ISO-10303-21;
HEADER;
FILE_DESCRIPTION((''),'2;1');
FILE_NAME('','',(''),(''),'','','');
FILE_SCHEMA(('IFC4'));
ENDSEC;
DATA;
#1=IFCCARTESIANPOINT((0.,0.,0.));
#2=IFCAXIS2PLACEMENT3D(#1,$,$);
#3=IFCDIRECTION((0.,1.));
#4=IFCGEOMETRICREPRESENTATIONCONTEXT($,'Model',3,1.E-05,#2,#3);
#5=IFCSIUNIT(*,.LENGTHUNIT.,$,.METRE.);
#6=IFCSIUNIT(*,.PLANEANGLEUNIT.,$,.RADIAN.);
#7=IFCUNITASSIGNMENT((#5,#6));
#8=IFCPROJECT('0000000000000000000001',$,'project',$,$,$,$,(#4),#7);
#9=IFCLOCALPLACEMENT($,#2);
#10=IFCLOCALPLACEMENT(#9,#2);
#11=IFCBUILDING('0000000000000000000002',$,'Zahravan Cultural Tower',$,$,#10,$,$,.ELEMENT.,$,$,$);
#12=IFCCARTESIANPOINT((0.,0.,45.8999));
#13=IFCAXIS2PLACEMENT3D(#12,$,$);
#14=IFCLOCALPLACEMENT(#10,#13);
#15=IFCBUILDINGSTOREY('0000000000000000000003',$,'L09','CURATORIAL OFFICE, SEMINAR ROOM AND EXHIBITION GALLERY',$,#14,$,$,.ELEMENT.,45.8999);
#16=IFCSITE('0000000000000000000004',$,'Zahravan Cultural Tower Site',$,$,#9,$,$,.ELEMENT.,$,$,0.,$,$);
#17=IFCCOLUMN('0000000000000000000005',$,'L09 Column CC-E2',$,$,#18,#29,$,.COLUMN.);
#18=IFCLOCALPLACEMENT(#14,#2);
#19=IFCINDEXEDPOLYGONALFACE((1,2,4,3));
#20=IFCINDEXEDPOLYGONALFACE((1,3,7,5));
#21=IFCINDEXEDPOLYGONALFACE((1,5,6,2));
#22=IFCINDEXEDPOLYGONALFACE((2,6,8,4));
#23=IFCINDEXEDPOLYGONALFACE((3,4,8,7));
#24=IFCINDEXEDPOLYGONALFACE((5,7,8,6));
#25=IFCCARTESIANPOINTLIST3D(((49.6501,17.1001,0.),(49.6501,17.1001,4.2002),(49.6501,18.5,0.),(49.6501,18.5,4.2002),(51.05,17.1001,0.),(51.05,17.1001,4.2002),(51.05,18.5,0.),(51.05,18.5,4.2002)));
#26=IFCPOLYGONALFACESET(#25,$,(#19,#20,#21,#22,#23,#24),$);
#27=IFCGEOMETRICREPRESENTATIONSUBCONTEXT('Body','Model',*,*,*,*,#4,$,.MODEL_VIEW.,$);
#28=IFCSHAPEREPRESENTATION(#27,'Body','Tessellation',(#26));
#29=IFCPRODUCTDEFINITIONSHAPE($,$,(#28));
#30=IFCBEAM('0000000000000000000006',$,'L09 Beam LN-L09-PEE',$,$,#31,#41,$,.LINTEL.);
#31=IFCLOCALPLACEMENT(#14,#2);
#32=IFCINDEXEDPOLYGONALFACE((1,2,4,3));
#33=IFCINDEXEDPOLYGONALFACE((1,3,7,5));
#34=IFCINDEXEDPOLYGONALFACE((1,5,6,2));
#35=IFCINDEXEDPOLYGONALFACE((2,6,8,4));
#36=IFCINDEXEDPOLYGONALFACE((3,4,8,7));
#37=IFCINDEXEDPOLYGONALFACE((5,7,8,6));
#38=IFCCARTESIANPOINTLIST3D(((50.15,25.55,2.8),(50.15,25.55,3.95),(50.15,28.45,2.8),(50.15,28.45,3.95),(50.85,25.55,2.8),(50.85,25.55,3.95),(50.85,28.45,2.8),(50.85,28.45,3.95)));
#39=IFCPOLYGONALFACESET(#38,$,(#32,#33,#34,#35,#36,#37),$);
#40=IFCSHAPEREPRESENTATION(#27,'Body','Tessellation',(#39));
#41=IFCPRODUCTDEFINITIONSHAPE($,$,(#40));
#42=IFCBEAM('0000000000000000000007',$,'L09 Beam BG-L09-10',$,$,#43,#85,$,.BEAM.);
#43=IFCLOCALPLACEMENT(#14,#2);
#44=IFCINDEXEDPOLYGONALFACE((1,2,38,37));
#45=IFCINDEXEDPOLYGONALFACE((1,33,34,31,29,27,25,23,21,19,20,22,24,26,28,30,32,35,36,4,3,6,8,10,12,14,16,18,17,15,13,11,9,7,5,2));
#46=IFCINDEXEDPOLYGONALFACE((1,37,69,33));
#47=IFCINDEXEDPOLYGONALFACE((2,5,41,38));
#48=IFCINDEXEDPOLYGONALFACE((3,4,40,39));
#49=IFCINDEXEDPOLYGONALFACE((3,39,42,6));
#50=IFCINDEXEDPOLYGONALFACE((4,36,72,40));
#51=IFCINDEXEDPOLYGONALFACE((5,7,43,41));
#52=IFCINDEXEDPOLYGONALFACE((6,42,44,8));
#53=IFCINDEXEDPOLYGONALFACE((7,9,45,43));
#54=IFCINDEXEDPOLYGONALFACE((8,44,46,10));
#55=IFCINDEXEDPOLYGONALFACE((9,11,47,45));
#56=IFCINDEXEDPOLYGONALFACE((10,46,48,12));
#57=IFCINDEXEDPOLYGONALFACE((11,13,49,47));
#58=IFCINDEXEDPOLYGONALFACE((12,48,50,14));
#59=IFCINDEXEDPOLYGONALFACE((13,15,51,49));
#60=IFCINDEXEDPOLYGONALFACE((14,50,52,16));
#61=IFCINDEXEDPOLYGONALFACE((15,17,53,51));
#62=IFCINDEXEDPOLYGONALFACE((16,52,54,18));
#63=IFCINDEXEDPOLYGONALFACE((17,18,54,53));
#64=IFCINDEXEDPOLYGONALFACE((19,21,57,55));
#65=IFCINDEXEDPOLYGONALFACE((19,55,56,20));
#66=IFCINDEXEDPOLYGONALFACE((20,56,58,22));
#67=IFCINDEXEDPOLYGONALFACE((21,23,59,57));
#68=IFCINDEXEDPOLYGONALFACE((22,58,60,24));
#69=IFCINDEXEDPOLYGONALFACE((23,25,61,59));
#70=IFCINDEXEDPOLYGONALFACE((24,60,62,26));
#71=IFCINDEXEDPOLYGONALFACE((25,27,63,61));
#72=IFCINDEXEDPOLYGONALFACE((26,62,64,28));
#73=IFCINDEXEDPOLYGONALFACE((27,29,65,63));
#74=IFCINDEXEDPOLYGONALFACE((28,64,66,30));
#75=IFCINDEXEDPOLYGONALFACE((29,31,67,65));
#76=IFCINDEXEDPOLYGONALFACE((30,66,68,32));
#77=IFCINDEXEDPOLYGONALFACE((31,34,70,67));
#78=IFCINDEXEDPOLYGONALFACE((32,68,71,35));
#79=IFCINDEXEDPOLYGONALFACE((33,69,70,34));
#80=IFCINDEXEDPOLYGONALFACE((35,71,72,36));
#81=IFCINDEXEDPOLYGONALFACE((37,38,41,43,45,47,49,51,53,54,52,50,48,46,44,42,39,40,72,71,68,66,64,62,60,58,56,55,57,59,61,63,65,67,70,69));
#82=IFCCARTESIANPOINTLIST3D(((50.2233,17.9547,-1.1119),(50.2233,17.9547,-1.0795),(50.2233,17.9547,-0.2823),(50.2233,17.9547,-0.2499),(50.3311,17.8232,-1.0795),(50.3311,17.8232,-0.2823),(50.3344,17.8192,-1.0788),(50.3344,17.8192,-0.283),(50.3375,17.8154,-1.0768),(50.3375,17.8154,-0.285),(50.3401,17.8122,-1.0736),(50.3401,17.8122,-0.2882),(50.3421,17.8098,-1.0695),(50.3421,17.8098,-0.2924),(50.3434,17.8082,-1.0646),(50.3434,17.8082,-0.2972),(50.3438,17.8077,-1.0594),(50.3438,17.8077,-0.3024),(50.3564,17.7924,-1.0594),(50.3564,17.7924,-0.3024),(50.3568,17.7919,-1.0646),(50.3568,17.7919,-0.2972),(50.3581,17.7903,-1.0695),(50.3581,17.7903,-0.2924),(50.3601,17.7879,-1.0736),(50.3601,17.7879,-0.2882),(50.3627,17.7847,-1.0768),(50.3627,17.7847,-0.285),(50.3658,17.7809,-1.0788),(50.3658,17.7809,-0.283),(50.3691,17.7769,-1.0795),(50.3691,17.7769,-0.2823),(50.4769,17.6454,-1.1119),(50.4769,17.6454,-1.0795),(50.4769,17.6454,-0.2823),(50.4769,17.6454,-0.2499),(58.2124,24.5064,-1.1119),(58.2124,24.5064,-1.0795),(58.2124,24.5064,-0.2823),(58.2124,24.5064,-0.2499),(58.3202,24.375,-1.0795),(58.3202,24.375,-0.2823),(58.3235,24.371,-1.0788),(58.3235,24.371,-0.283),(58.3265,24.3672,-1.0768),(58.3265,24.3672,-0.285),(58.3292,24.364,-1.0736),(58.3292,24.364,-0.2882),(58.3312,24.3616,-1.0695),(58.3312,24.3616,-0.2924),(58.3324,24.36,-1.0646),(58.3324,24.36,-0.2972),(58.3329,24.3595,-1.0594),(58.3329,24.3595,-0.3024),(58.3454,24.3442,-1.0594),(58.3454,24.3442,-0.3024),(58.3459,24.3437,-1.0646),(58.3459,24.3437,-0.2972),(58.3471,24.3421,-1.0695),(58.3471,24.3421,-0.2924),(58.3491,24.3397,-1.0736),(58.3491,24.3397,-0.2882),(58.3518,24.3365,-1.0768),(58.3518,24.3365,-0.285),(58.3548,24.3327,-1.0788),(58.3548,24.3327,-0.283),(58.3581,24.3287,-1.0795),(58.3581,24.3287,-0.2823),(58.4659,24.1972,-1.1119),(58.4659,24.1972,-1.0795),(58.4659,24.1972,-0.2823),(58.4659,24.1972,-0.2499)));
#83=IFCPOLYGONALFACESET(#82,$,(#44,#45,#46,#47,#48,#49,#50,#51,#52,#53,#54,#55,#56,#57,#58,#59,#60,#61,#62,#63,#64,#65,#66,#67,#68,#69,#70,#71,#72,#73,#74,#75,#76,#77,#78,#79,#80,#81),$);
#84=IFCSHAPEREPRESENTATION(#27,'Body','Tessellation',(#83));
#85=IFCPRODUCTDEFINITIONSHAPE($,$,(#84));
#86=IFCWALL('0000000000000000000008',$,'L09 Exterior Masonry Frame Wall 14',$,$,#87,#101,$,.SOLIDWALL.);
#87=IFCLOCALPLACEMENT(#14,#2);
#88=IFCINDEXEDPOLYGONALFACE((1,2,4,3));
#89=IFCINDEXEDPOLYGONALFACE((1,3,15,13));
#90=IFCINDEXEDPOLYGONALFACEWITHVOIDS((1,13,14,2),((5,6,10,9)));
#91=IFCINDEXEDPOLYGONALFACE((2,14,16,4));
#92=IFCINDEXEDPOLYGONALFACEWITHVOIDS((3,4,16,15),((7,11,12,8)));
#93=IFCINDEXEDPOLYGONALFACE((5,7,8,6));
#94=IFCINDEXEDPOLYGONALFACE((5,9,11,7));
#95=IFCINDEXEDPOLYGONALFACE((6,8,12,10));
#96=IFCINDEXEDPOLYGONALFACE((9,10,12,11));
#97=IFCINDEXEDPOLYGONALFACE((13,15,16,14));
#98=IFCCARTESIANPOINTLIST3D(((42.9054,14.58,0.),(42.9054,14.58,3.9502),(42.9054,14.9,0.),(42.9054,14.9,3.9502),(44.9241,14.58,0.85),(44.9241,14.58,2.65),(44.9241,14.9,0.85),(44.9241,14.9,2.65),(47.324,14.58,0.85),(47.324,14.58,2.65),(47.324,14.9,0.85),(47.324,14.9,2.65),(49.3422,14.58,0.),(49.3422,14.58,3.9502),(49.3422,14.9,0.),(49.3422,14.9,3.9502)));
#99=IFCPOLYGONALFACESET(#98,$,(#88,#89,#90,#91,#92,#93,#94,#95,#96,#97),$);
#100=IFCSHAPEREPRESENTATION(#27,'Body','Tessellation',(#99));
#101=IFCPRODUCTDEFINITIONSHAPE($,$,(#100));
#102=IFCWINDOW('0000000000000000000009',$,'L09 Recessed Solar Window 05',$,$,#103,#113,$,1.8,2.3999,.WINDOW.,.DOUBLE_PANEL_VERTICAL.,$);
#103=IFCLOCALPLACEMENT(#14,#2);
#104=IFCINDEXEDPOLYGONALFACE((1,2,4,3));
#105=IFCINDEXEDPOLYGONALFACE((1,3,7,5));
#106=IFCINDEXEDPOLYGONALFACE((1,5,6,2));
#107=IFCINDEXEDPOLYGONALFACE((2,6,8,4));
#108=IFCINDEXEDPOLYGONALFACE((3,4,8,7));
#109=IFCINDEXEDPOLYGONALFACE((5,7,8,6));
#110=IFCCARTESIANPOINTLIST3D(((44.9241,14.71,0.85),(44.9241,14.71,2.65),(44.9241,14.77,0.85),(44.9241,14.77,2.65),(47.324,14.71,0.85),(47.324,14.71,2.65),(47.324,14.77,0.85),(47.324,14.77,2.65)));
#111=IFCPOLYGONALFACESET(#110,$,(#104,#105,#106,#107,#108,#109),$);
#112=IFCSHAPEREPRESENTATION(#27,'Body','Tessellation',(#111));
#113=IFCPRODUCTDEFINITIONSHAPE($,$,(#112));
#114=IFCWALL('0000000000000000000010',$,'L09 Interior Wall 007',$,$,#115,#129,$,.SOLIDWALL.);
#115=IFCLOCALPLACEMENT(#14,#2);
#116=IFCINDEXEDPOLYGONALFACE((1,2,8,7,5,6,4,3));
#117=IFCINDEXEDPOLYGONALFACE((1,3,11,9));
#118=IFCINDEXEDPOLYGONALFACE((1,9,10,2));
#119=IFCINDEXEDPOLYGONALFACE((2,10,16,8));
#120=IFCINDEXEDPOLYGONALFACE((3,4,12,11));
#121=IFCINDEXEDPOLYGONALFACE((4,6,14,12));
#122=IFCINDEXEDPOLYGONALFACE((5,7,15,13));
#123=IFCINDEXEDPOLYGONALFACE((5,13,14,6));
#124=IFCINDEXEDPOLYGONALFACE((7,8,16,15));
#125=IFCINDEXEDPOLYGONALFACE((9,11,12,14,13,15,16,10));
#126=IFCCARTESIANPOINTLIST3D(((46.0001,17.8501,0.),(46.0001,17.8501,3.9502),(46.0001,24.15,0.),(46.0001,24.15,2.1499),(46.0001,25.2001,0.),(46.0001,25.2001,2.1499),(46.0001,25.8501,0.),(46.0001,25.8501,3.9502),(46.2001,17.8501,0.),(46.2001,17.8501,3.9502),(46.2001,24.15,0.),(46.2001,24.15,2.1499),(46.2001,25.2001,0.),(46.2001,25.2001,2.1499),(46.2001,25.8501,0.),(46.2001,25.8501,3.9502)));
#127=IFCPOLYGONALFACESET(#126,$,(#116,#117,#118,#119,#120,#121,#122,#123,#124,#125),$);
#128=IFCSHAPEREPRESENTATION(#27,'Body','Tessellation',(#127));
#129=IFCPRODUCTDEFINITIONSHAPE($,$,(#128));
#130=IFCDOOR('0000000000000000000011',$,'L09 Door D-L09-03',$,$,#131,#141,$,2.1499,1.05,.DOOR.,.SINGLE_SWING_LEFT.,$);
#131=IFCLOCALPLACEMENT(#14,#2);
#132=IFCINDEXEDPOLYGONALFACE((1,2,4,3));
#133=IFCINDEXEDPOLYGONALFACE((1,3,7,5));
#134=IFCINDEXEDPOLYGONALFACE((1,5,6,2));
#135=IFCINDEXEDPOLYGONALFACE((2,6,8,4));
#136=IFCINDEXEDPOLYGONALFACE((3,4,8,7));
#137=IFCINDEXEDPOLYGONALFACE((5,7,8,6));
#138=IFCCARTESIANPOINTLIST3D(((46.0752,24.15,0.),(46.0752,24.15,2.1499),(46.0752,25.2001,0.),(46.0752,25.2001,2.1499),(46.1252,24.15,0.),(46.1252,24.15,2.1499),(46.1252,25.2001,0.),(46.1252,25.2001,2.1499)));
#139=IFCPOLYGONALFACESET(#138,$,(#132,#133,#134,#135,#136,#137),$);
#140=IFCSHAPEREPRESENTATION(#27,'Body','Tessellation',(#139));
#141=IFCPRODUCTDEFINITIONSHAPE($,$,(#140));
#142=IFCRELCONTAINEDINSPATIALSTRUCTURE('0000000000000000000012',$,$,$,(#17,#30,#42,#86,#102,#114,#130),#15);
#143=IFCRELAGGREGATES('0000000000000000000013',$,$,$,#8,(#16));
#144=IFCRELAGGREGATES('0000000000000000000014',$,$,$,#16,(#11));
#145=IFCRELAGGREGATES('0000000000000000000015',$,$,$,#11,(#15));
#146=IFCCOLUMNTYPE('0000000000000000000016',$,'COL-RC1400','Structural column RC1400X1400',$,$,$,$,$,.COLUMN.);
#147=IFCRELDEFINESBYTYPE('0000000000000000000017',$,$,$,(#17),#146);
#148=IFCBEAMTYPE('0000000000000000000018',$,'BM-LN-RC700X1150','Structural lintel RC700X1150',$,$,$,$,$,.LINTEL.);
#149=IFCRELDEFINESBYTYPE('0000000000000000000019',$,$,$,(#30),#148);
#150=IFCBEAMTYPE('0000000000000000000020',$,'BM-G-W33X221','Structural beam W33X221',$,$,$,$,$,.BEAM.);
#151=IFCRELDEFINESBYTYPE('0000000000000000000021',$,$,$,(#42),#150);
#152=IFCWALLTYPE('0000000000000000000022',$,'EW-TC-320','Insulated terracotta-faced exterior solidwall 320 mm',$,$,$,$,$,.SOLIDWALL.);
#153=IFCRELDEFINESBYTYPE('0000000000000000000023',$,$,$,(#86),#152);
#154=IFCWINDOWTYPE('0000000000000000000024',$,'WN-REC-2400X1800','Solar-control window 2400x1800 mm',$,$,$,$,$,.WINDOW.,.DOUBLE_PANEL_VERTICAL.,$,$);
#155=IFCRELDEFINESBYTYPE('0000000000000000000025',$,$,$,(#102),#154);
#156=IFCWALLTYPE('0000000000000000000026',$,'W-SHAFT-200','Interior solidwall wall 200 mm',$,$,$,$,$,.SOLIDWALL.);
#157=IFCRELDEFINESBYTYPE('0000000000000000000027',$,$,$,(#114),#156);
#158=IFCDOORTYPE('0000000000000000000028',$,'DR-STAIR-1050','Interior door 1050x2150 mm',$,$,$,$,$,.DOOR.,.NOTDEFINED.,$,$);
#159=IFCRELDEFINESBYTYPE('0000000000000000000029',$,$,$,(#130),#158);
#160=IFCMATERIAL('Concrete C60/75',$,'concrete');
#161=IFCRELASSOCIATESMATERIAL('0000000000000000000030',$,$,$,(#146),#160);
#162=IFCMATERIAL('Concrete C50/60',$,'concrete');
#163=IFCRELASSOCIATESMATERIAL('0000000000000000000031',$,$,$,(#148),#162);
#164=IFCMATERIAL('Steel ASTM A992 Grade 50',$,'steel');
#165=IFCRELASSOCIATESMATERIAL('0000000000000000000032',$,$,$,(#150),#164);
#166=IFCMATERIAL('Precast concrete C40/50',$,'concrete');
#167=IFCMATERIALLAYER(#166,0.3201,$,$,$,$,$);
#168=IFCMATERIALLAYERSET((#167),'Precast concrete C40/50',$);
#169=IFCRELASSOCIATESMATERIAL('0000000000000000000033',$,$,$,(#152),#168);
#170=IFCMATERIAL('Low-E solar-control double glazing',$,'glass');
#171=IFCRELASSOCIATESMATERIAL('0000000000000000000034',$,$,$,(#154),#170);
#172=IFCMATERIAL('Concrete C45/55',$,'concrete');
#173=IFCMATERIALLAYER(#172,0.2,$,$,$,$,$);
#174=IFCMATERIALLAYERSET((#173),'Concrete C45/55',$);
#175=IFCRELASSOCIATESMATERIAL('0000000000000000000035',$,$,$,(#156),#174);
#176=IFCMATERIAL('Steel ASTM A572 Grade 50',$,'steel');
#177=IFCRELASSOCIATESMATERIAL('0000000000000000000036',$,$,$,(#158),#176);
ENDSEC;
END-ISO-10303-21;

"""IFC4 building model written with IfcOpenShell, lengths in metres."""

from ifc_helpers import new_model, si_unit, direction, frame, frame_2d, origin, origin_2d, place, context, subcontext, project, spatial, rectangle, i_section, extrude, source, transform, mapped, material, layer, layer_set, material_profile, profile_set, type_object, element, fill, save


model = new_model("IFC4")

# Units and contexts
model_context = context("Model", 3, precision=1e-05, world=origin(), true_north=direction((0.0, 1.0)))
body_context = subcontext(model_context, "Body", "Model", "MODEL_VIEW")
ifc_project = project(units=[si_unit("LENGTHUNIT", "METRE"), si_unit("PLANEANGLEUNIT", "RADIAN")], contexts=[model_context])

# Site, building, storey
site_placement = place(None, origin())
site = spatial("IfcSite", under=ifc_project, at=site_placement, Name="Zahravan Cultural Tower Site", CompositionType="ELEMENT", RefElevation=0.0)
building_placement = place(site_placement, origin())
building = spatial("IfcBuilding", under=site, at=building_placement, Name="Zahravan Cultural Tower", CompositionType="ELEMENT")
storey_placement = place(building_placement, frame((0.0, 0.0, 45.8999)))
storey = spatial("IfcBuildingStorey", under=building, at=storey_placement, Name="L09", Description="CURATORIAL OFFICE, SEMINAR ROOM AND EXHIBITION GALLERY", CompositionType="ELEMENT", Elevation=45.8999)

# Column
ifc_material_1 = material(Name="Concrete C60/75", Category="concrete")
ifc_material_profile_1 = material_profile(ifc_material_1, rectangle(XDim=1.3999, YDim=1.3999, at=origin_2d()), Name="RC1400X1400")
ifc_profile_set_1 = profile_set([ifc_material_profile_1], Name="Concrete C60/75")
column_type = type_object("IfcColumnType", Name="COL-RC1400", Description="Structural column RC1400X1400", PredefinedType="COLUMN", material=ifc_profile_set_1)
shared_shape_1 = source(origin(), body_context, "Body", "SweptSolid", [
    extrude(rectangle(XDim=1.3999, YDim=1.3999, at=origin_2d()), origin(), (0.0, 0.0, 1.0), 4.2002),
])
column_placement = place(storey_placement, frame((50.3501, 17.8, 0.0), z_axis=(0.0, 0.0, 1.0), x_axis=(1.0, 0.0, 0.0)))
element("IfcColumn", 1, at=column_placement, inside=storey, type_object=column_type, Name="L09 Column CC-E2", PredefinedType="COLUMN", context=body_context, shape_type="MappedRepresentation", body=[
    mapped(shared_shape_1, transform((0.0, 0.0, 0.0), x_axis=(1.0, 0.0, 0.0), y_axis=(0.0, 1.0, 0.0), z_axis=(0.0, 0.0, 1.0), scale=1.0)),
])

# Beams
ifc_material_2 = material(Name="Concrete C50/60", Category="concrete")
ifc_material_profile_2 = material_profile(ifc_material_2, rectangle(XDim=0.7, YDim=1.1499, at=origin_2d()), Name="RC700X1150")
ifc_profile_set_2 = profile_set([ifc_material_profile_2], Name="Concrete C50/60")
beam_type_1 = type_object("IfcBeamType", Name="BM-LN-RC700X1150", Description="Structural lintel RC700X1150", PredefinedType="LINTEL", material=ifc_profile_set_2)
shared_shape_2 = source(origin(), body_context, "Body", "SweptSolid", [
    extrude(rectangle(XDim=0.7, YDim=1.1499, at=origin_2d()), origin(), (0.0, 0.0, 1.0), 2.8999),
])
beam_1_placement = place(storey_placement, frame((50.5, 25.55, 3.375), z_axis=(0.0, 1.0, 0.0), x_axis=(-1.0, 0.0, 0.0)))
element("IfcBeam", 2, at=beam_1_placement, inside=storey, type_object=beam_type_1, Name="L09 Beam LN-L09-PEE", PredefinedType="LINTEL", context=body_context, shape_type="MappedRepresentation", body=[
    mapped(shared_shape_2, transform((0.0, 0.0, 0.0), x_axis=(1.0, 0.0, 0.0), y_axis=(0.0, 1.0, 0.0), z_axis=(0.0, 0.0, 1.0), scale=1.0)),
])
ifc_material_3 = material(Name="Steel ASTM A992 Grade 50", Category="steel")
ifc_material_profile_3 = material_profile(ifc_material_3, i_section(OverallWidth=0.3999, OverallDepth=0.8621, WebThickness=0.0198, FlangeThickness=0.0325, FilletRadius=0.02, at=origin_2d()), Name="W33X221")
ifc_profile_set_3 = profile_set([ifc_material_profile_3], Name="Steel ASTM A992 Grade 50")
beam_type_2 = type_object("IfcBeamType", Name="BM-G-W33X221", Description="Structural beam W33X221", PredefinedType="BEAM", material=ifc_profile_set_3)
shared_shape_3 = source(origin(), body_context, "Body", "SweptSolid", [
    extrude(i_section(OverallWidth=0.3999, OverallDepth=0.8621, WebThickness=0.0198, FlangeThickness=0.0325, FilletRadius=0.02, at=origin_2d()), origin(), (0.0, 0.0, 1.0), 10.332),
])
beam_2_placement = place(storey_placement, frame((50.3501, 17.8, -0.6809), z_axis=(0.773231, 0.634124, 0.0), x_axis=(-0.634124, 0.773231, 0.0)))
element("IfcBeam", 3, at=beam_2_placement, inside=storey, type_object=beam_type_2, Name="L09 Beam BG-L09-10", PredefinedType="BEAM", context=body_context, shape_type="MappedRepresentation", body=[
    mapped(shared_shape_3, transform((0.0, 0.0, 0.0), x_axis=(1.0, 0.0, 0.0), y_axis=(0.0, 1.0, 0.0), z_axis=(0.0, 0.0, 1.0), scale=1.0)),
])

# Wall, opening, window
ifc_material_4 = material(Name="Precast concrete C40/50", Category="concrete")
ifc_layer_1 = layer(ifc_material_4, 0.3201)
ifc_layer_set_1 = layer_set([ifc_layer_1], Name="Precast concrete C40/50")
wall_type_1 = type_object("IfcWallType", Name="EW-TC-320", Description="Insulated terracotta-faced exterior solidwall 320 mm", PredefinedType="SOLIDWALL", material=ifc_layer_set_1)
wall_1_placement = place(storey_placement, frame((49.342, 14.74, 0.0), z_axis=(0.0, 0.0, 1.0), x_axis=(-1.0, 0.0, 0.0)))
wall_1 = element("IfcWall", 4, at=wall_1_placement, inside=storey, type_object=wall_type_1, Name="L09 Exterior Masonry Frame Wall 14", PredefinedType="SOLIDWALL", context=body_context, shape_type="SweptSolid", body=[
    extrude(rectangle(XDim=6.4368, YDim=0.3201, at=frame_2d((3.2183, 0.0))), origin(), (0.0, 0.0, 1.0), 3.9502),
])
opening_1_placement = place(wall_1_placement, frame((2.0181, 0.0, 0.8501)))
opening_1 = element("IfcOpeningElement", 5, at=opening_1_placement, cuts=wall_1, PredefinedType="OPENING", context=body_context, shape_type="SweptSolid", body=[
    extrude(rectangle(XDim=2.3999, YDim=1.8, at=frame_2d((1.2, 0.8999))), frame((0.0, 0.1699, 0.0), z_axis=(0.0, -1.0, 0.0), x_axis=(1.0, 0.0, 0.0)), (0.0, 0.0, 1.0), 0.3401),
])
ifc_material_5 = material(Name="Low-E solar-control double glazing", Category="glass")
window_type = type_object("IfcWindowType", Name="WN-REC-2400X1800", Description="Solar-control window 2400x1800 mm", PartitioningType="DOUBLE_PANEL_VERTICAL", PredefinedType="WINDOW", material=ifc_material_5)
shared_shape_4 = source(origin(), body_context, "Body", "SweptSolid", [
    extrude(rectangle(XDim=2.3999, YDim=1.8, at=frame_2d((1.2, 0.8999))), frame((0.0, 0.03, 0.0), z_axis=(0.0, -1.0, 0.0), x_axis=(1.0, 0.0, 0.0)), (0.0, 0.0, 1.0), 0.0601),
])
window_placement = place(opening_1_placement, origin())
window = element("IfcWindow", 6, at=window_placement, inside=storey, type_object=window_type, Name="L09 Recessed Solar Window 05", OverallHeight=1.8, OverallWidth=2.3999, PartitioningType="DOUBLE_PANEL_VERTICAL", PredefinedType="WINDOW", context=body_context, shape_type="MappedRepresentation", body=[
    mapped(shared_shape_4, transform((0.0, 0.0, 0.0), x_axis=(1.0, 0.0, 0.0), y_axis=(0.0, 1.0, 0.0), z_axis=(0.0, 0.0, 1.0), scale=1.0)),
])
fill(opening_1, window)

# Wall, opening, door
ifc_material_6 = material(Name="Concrete C45/55", Category="concrete")
ifc_layer_2 = layer(ifc_material_6, 0.2)
ifc_layer_set_2 = layer_set([ifc_layer_2], Name="Concrete C45/55")
wall_type_2 = type_object("IfcWallType", Name="W-SHAFT-200", Description="Interior solidwall wall 200 mm", PredefinedType="SOLIDWALL", material=ifc_layer_set_2)
wall_2_placement = place(storey_placement, frame((46.1001, 17.8501, 0.0), z_axis=(0.0, 0.0, 1.0), x_axis=(0.0, 1.0, 0.0)))
wall_2 = element("IfcWall", 7, at=wall_2_placement, inside=storey, type_object=wall_type_2, Name="L09 Interior Wall 007", PredefinedType="SOLIDWALL", context=body_context, shape_type="SweptSolid", body=[
    extrude(rectangle(XDim=8.0, YDim=0.2, at=frame_2d((4.0, 0.0))), origin(), (0.0, 0.0, 1.0), 3.9502),
])
opening_2_placement = place(wall_2_placement, frame((6.3, 0.0, 0.0)))
opening_2 = element("IfcOpeningElement", 8, at=opening_2_placement, cuts=wall_2, PredefinedType="OPENING", context=body_context, shape_type="SweptSolid", body=[
    extrude(rectangle(XDim=1.05, YDim=2.1499, at=frame_2d((0.5249, 1.075))), frame((0.0, 0.1099, 0.0), z_axis=(0.0, -1.0, 0.0), x_axis=(1.0, 0.0, 0.0)), (0.0, 0.0, 1.0), 0.22),
])
ifc_material_7 = material(Name="Steel ASTM A572 Grade 50", Category="steel")
door_type = type_object("IfcDoorType", Name="DR-STAIR-1050", Description="Interior door 1050x2150 mm", OperationType="NOTDEFINED", PredefinedType="DOOR", material=ifc_material_7)
shared_shape_5 = source(origin(), body_context, "Body", "SweptSolid", [
    extrude(rectangle(XDim=1.05, YDim=2.1499, at=frame_2d((0.5249, 1.075))), frame((0.0, 0.0249, 0.0), z_axis=(0.0, -1.0, 0.0), x_axis=(1.0, 0.0, 0.0)), (0.0, 0.0, 1.0), 0.05),
])
door_1_placement = place(opening_2_placement, origin())
door_1 = element("IfcDoor", 9, at=door_1_placement, inside=storey, type_object=door_type, Name="L09 Door D-L09-03", OperationType="SINGLE_SWING_LEFT", OverallHeight=2.1499, OverallWidth=1.05, PredefinedType="DOOR", context=body_context, shape_type="MappedRepresentation", body=[
    mapped(shared_shape_5, transform((0.0, 0.0, 0.0), x_axis=(1.0, 0.0, 0.0), y_axis=(0.0, 1.0, 0.0), z_axis=(0.0, 0.0, 1.0), scale=1.0)),
])
fill(opening_2, door_1)

save(model, "model.ifc")
